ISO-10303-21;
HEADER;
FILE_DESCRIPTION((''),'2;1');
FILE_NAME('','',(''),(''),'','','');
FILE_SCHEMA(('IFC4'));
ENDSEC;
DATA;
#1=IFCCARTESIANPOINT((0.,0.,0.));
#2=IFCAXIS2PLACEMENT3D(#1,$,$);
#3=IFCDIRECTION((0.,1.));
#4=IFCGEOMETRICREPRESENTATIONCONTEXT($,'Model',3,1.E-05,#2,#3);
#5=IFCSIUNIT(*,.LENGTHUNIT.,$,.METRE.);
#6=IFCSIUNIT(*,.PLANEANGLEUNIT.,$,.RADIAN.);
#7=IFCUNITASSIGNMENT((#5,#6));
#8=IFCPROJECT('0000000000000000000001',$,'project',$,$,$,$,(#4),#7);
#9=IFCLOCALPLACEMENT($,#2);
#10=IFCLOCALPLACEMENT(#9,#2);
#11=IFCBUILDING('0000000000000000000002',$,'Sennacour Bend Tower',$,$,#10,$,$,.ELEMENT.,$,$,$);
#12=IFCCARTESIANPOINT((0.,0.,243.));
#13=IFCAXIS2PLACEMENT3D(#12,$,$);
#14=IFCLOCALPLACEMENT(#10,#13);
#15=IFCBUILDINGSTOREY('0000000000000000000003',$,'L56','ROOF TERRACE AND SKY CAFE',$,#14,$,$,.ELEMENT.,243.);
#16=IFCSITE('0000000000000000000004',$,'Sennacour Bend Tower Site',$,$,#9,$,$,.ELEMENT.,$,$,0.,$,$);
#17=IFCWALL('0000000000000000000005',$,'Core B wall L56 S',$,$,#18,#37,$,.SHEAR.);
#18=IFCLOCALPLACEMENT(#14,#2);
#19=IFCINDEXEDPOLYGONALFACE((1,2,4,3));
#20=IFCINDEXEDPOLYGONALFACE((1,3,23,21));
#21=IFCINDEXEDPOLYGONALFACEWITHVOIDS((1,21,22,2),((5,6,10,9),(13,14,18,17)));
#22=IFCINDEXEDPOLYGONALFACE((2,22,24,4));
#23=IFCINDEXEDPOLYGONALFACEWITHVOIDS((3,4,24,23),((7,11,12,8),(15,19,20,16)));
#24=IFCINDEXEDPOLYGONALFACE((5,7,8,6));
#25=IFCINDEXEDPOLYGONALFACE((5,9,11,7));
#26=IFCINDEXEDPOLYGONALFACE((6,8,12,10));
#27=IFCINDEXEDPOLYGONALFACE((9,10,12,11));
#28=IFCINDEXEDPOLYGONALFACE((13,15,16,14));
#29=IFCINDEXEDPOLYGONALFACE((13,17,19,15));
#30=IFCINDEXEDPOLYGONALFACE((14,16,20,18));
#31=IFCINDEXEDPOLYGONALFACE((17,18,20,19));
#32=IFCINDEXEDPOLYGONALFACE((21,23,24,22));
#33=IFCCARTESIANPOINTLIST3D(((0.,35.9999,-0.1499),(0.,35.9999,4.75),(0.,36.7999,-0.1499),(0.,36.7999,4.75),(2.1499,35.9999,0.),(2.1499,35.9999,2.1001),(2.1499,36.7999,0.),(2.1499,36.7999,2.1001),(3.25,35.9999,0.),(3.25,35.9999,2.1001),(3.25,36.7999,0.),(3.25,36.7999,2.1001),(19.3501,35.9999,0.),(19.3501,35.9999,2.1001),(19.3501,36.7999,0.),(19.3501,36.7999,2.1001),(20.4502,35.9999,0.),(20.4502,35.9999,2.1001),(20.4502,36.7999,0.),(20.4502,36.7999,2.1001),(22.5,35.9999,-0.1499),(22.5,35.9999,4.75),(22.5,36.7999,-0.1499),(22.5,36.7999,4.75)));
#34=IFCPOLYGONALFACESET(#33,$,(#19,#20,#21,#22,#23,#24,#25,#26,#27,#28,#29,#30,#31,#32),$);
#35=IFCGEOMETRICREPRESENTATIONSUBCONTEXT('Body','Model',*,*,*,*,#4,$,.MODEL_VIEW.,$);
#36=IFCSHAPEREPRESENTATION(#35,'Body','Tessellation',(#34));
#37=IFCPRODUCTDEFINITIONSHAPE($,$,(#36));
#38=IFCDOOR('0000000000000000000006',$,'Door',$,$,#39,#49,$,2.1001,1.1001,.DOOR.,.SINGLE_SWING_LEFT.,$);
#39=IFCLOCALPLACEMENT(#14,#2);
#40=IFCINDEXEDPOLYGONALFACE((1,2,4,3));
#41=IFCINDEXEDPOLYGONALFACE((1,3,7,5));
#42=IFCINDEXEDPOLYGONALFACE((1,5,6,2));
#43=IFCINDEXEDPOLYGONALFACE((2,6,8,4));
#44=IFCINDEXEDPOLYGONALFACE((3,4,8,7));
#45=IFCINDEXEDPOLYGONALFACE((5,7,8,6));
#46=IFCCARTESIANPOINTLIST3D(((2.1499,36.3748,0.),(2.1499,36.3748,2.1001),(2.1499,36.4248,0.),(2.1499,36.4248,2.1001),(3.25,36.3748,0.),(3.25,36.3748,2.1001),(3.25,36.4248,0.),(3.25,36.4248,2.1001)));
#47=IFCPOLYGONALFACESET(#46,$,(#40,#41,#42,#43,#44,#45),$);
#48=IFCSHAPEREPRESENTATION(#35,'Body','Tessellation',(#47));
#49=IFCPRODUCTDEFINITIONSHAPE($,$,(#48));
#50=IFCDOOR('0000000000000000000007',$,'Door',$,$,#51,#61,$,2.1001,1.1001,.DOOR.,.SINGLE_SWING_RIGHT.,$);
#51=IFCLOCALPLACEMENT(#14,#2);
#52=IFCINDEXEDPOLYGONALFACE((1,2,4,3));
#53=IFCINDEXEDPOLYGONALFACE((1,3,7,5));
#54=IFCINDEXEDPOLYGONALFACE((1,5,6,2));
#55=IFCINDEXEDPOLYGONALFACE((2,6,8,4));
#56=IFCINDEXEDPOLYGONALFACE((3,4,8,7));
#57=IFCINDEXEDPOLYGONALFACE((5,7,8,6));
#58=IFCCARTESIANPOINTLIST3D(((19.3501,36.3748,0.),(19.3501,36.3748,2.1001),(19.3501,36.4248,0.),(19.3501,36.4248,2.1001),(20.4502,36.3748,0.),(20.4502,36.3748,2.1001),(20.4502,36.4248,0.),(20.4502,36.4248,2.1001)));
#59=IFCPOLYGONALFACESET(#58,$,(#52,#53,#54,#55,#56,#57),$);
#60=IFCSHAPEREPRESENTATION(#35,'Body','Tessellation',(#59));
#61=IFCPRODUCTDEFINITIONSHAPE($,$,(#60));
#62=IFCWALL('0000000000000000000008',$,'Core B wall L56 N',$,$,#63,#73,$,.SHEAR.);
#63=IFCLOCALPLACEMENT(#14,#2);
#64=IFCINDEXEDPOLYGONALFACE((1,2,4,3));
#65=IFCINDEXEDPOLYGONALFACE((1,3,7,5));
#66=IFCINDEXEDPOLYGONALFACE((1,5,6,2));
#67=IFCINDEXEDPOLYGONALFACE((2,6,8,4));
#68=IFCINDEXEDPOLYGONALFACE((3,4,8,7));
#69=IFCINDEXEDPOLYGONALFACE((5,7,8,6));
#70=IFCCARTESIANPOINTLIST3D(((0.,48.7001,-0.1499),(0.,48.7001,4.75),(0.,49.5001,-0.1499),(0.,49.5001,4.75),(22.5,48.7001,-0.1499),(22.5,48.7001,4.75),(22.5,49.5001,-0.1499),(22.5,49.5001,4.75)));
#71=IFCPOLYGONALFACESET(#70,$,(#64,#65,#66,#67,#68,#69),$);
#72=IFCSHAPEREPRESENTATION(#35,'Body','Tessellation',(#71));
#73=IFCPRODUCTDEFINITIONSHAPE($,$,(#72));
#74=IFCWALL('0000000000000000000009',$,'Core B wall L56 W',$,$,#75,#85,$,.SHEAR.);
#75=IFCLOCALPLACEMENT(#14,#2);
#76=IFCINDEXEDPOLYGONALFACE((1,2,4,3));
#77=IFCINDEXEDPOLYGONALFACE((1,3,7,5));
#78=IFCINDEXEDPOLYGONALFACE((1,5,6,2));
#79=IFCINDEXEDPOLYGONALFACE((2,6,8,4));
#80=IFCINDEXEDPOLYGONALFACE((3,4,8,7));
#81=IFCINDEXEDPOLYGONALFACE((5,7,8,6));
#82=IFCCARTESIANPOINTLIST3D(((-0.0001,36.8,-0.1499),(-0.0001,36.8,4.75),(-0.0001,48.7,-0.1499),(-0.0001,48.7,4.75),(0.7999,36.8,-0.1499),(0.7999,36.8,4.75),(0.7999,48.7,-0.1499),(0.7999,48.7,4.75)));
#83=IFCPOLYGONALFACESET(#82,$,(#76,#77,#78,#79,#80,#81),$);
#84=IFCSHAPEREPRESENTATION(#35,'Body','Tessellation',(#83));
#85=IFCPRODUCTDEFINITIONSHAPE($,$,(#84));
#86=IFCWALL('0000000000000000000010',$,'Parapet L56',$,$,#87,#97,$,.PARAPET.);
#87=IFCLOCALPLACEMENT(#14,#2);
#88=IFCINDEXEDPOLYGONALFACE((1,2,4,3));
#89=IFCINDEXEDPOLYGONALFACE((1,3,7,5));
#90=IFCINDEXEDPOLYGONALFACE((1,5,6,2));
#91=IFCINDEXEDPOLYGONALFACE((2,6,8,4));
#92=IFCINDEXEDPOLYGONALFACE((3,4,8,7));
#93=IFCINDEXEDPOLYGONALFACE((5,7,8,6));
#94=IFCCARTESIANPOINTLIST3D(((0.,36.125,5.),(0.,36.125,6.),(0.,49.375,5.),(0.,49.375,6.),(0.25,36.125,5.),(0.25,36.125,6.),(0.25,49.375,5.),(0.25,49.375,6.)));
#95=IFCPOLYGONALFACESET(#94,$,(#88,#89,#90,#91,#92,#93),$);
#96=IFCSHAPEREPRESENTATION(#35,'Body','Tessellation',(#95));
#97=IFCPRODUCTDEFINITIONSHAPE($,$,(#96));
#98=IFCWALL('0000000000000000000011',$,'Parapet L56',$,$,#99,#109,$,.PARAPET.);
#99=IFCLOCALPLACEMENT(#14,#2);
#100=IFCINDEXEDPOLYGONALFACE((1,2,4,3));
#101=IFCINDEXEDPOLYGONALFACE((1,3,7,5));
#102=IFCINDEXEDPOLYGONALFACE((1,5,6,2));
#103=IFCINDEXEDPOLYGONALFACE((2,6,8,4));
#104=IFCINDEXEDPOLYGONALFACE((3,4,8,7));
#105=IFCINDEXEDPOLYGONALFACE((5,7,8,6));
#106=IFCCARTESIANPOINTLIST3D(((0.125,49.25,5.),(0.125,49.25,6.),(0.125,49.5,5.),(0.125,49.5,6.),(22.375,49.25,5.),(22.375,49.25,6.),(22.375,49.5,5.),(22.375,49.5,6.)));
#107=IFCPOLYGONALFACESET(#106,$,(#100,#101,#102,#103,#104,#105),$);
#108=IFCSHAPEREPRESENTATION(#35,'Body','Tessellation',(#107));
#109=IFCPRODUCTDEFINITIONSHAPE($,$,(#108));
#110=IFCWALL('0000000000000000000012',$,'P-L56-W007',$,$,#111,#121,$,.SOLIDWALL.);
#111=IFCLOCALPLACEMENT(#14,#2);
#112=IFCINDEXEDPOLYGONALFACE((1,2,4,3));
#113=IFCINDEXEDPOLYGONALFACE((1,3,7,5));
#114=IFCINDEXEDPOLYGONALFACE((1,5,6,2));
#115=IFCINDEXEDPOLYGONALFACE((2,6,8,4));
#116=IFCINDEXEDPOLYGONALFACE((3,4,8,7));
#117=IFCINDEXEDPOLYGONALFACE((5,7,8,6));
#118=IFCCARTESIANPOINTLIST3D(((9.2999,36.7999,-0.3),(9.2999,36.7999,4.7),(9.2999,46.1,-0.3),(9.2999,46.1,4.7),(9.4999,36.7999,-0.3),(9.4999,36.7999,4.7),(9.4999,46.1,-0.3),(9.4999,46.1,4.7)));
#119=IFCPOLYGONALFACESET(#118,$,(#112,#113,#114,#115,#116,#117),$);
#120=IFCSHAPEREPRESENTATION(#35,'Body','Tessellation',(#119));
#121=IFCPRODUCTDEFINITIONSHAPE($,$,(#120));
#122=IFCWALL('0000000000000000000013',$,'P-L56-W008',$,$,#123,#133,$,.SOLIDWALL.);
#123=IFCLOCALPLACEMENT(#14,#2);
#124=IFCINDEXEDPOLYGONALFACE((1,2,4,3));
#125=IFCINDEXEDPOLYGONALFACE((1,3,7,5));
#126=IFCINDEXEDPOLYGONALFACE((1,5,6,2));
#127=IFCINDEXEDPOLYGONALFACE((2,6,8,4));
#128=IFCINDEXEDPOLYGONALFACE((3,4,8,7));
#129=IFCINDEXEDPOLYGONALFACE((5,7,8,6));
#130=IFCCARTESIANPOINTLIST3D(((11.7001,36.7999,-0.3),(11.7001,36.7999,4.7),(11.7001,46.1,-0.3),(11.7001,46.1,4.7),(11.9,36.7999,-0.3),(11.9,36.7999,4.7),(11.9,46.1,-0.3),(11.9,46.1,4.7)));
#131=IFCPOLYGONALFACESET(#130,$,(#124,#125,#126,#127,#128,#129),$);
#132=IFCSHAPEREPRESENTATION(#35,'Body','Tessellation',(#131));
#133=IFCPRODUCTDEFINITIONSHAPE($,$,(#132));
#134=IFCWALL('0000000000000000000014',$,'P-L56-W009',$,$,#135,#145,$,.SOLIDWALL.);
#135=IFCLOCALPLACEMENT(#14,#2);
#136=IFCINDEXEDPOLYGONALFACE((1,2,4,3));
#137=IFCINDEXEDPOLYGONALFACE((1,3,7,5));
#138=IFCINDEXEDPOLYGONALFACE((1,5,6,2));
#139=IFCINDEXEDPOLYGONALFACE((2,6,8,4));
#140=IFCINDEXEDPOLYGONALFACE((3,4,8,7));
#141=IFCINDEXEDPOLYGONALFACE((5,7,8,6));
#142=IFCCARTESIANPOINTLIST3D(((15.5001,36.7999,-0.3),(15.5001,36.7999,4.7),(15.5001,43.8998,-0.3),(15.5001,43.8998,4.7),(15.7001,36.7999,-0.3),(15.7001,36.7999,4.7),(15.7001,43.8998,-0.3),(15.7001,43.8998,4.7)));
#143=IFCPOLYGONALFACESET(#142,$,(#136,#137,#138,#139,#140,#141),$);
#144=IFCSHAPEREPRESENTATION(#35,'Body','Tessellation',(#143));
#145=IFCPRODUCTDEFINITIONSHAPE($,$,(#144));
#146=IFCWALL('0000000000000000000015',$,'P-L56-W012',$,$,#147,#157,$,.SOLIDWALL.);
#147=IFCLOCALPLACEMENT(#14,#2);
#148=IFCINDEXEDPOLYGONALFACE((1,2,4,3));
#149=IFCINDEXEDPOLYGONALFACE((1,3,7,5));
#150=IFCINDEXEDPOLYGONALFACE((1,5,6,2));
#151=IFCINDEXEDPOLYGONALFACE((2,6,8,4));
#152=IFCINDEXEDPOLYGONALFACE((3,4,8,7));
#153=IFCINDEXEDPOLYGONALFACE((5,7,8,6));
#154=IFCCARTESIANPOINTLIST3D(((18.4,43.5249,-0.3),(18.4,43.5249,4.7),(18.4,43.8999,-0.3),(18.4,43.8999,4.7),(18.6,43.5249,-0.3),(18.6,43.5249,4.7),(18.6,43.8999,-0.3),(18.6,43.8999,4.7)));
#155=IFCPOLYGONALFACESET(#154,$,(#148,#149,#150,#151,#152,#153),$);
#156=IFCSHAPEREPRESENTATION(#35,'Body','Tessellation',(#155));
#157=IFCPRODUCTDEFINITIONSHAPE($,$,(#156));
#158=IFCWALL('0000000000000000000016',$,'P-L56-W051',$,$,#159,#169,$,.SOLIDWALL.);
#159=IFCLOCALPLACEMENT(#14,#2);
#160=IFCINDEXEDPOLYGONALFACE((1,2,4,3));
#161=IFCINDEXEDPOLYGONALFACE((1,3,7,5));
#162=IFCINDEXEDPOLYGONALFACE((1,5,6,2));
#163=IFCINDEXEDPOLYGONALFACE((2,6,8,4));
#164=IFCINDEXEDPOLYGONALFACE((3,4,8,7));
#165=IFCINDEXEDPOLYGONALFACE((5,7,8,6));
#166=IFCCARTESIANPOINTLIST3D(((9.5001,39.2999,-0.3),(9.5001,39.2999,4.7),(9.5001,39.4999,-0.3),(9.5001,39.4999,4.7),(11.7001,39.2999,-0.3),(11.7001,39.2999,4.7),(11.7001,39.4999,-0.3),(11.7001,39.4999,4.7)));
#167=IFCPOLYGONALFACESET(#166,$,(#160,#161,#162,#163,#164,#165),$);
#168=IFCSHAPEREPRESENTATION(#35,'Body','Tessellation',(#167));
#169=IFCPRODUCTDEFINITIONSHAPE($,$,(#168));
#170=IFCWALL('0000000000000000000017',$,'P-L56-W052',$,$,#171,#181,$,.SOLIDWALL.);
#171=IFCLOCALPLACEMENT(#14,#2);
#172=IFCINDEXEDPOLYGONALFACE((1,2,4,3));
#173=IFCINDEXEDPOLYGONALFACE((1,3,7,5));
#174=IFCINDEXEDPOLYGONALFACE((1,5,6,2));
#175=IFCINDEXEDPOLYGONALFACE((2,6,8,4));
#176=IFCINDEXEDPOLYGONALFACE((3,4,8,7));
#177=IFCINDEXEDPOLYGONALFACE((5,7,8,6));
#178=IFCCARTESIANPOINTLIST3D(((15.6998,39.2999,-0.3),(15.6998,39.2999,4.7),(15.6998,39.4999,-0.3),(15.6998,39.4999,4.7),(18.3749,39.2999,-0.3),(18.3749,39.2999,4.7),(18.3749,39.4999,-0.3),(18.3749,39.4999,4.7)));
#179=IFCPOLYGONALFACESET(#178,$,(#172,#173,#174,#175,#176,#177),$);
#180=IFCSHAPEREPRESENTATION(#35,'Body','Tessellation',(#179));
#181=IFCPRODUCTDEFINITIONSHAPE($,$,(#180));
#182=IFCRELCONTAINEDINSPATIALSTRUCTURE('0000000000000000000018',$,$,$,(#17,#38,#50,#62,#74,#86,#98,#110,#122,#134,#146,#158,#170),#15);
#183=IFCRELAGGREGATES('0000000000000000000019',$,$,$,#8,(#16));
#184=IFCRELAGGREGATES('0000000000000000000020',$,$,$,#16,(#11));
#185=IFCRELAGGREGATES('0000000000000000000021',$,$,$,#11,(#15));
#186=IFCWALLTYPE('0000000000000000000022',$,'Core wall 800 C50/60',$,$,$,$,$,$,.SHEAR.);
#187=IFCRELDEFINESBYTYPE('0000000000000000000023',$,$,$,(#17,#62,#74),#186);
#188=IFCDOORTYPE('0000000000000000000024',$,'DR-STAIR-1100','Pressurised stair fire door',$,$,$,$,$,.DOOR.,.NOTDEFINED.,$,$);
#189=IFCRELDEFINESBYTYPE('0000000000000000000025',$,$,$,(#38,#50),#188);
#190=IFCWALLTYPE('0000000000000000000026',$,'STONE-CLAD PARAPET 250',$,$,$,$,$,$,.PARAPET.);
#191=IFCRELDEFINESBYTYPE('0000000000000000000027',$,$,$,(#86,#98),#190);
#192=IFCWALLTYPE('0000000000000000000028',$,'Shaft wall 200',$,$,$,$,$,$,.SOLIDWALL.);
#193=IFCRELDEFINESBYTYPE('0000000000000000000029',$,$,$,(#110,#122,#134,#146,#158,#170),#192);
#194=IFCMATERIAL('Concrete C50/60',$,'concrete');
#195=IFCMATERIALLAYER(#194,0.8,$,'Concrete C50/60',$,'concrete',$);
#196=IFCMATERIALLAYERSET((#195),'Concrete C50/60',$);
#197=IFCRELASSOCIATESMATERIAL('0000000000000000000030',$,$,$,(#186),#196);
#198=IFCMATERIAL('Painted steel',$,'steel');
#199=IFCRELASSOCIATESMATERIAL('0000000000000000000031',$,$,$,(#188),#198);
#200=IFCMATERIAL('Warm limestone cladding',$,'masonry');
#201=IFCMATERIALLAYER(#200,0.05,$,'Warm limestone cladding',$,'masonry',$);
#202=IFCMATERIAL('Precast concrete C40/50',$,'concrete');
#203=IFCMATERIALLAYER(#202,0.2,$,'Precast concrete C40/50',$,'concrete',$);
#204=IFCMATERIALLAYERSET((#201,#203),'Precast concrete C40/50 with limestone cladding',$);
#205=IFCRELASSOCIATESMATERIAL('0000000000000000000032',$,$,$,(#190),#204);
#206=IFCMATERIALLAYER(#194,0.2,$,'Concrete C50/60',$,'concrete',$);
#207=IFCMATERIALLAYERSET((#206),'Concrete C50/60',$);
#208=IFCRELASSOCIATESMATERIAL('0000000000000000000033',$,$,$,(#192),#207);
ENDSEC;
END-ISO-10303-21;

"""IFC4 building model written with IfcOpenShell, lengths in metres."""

from ifc_helpers import new_model, si_unit, direction, frame, frame_2d, origin, place, context, subcontext, project, spatial, rectangle, extrude, material, layer, layer_set, type_object, element, fill, save


model = new_model("IFC4")

# Units and contexts
model_context = context("Model", 3, precision=1e-05, world=origin(), true_north=direction((0.0, 1.0)))
body_context = subcontext(model_context, "Body", "Model", "MODEL_VIEW")
ifc_project = project(units=[si_unit("LENGTHUNIT", "METRE"), si_unit("PLANEANGLEUNIT", "RADIAN")], contexts=[model_context])

# Site, building, storey
site_placement = place(None, origin())
site = spatial("IfcSite", under=ifc_project, at=site_placement, Name="Sennacour Bend Tower Site", CompositionType="ELEMENT", RefElevation=0.0)
building_placement = place(site_placement, origin())
building = spatial("IfcBuilding", under=site, at=building_placement, Name="Sennacour Bend Tower", CompositionType="ELEMENT")
storey_placement = place(building_placement, frame((0.0, 0.0, 243.0)))
storey = spatial("IfcBuildingStorey", under=building, at=storey_placement, Name="L56", Description="ROOF TERRACE AND SKY CAFE", CompositionType="ELEMENT", Elevation=243.0)

# Wall, openings, doors
ifc_material_1 = material(Name="Concrete C50/60", Category="concrete")
ifc_layer_1 = layer(ifc_material_1, 0.8, Name="Concrete C50/60", Category="concrete")
ifc_layer_set_1 = layer_set([ifc_layer_1], Name="Concrete C50/60")
wall_type_1 = type_object("IfcWallType", Name="Core wall 800 C50/60", PredefinedType="SHEAR", material=ifc_layer_set_1)
wall_1_placement = place(storey_placement, frame((0.0, 36.3999, -0.1499), z_axis=(0.0, 0.0, 1.0), x_axis=(1.0, 0.0, 0.0)))
wall_1 = element("IfcWall", 1, at=wall_1_placement, inside=storey, type_object=wall_type_1, Name="Core B wall L56 S", PredefinedType="SHEAR", context=body_context, shape_type="SweptSolid", body=[
    extrude(rectangle(XDim=22.5, YDim=0.8, at=frame_2d((11.25, 0.0))), origin(), (0.0, 0.0, 1.0), 4.8999),
])
opening_1_placement = place(wall_1_placement, frame((2.1499, 0.0, 0.1499)))
opening_1 = element("IfcOpeningElement", 2, at=opening_1_placement, cuts=wall_1, PredefinedType="OPENING", context=body_context, shape_type="SweptSolid", body=[
    extrude(rectangle(XDim=1.1001, YDim=2.1001, at=frame_2d((0.55, 1.05))), frame((0.0, 0.4102, 0.0), z_axis=(0.0, -1.0, 0.0), x_axis=(1.0, 0.0, 0.0)), (0.0, 0.0, 1.0), 0.8201),
])
opening_2_placement = place(wall_1_placement, frame((19.3501, 0.0, 0.1499)))
opening_2 = element("IfcOpeningElement", 3, at=opening_2_placement, cuts=wall_1, PredefinedType="OPENING", context=body_context, shape_type="SweptSolid", body=[
    extrude(rectangle(XDim=1.1001, YDim=2.1001, at=frame_2d((0.55, 1.05))), frame((0.0, 0.4102, 0.0), z_axis=(0.0, -1.0, 0.0), x_axis=(1.0, 0.0, 0.0)), (0.0, 0.0, 1.0), 0.8201),
])
ifc_material_2 = material(Name="Painted steel", Category="steel")
door_type = type_object("IfcDoorType", Name="DR-STAIR-1100", Description="Pressurised stair fire door", OperationType="NOTDEFINED", PredefinedType="DOOR", material=ifc_material_2)
door_1_placement = place(opening_1_placement, origin())
door_1 = element("IfcDoor", 4, at=door_1_placement, inside=storey, type_object=door_type, Name="Door", OperationType="SINGLE_SWING_LEFT", OverallHeight=2.1001, OverallWidth=1.1001, PredefinedType="DOOR", context=body_context, shape_type="SweptSolid", body=[
    extrude(rectangle(XDim=1.1001, YDim=2.1001, at=frame_2d((0.55, 1.05))), frame((0.0, 0.0249, 0.0), z_axis=(0.0, -1.0, 0.0), x_axis=(1.0, 0.0, 0.0)), (0.0, 0.0, 1.0), 0.05),
])
fill(opening_1, door_1)
door_2_placement = place(opening_2_placement, origin())
door_2 = element("IfcDoor", 5, at=door_2_placement, inside=storey, type_object=door_type, Name="Door", OperationType="SINGLE_SWING_RIGHT", OverallHeight=2.1001, OverallWidth=1.1001, PredefinedType="DOOR", context=body_context, shape_type="SweptSolid", body=[
    extrude(rectangle(XDim=1.1001, YDim=2.1001, at=frame_2d((0.55, 1.05))), frame((0.0, 0.0249, 0.0), z_axis=(0.0, -1.0, 0.0), x_axis=(1.0, 0.0, 0.0)), (0.0, 0.0, 1.0), 0.05),
])
fill(opening_2, door_2)

# Walls
wall_2_placement = place(storey_placement, frame((0.0, 49.1001, -0.1499), z_axis=(0.0, 0.0, 1.0), x_axis=(1.0, 0.0, 0.0)))
element("IfcWall", 6, at=wall_2_placement, inside=storey, type_object=wall_type_1, Name="Core B wall L56 N", PredefinedType="SHEAR", context=body_context, shape_type="SweptSolid", body=[
    extrude(rectangle(XDim=22.5, YDim=0.8, at=frame_2d((11.25, 0.0))), origin(), (0.0, 0.0, 1.0), 4.8999),
])
wall_3_placement = place(storey_placement, frame((0.3999, 36.8, -0.1499), z_axis=(0.0, 0.0, 1.0), x_axis=(0.0, 1.0, 0.0)))
element("IfcWall", 7, at=wall_3_placement, inside=storey, type_object=wall_type_1, Name="Core B wall L56 W", PredefinedType="SHEAR", context=body_context, shape_type="SweptSolid", body=[
    extrude(rectangle(XDim=11.8999, YDim=0.8, at=frame_2d((5.95, 0.0))), origin(), (0.0, 0.0, 1.0), 4.8999),
])
ifc_material_3 = material(Name="Warm limestone cladding", Category="masonry")
ifc_layer_2 = layer(ifc_material_3, 0.05, Name="Warm limestone cladding", Category="masonry")
ifc_material_4 = material(Name="Precast concrete C40/50", Category="concrete")
ifc_layer_3 = layer(ifc_material_4, 0.2, Name="Precast concrete C40/50", Category="concrete")
ifc_layer_set_2 = layer_set([ifc_layer_2, ifc_layer_3], Name="Precast concrete C40/50 with limestone cladding")
wall_type_2 = type_object("IfcWallType", Name="STONE-CLAD PARAPET 250", PredefinedType="PARAPET", material=ifc_layer_set_2)
wall_4_placement = place(storey_placement, frame((0.125, 36.125, 5.0), z_axis=(0.0, 0.0, 1.0), x_axis=(0.0, 1.0, 0.0)))
element("IfcWall", 8, at=wall_4_placement, inside=storey, type_object=wall_type_2, Name="Parapet L56", PredefinedType="PARAPET", context=body_context, shape_type="SweptSolid", body=[
    extrude(rectangle(XDim=13.25, YDim=0.25, at=frame_2d((6.625, 0.0))), origin(), (0.0, 0.0, 1.0), 1.0),
])
wall_5_placement = place(storey_placement, frame((0.125, 49.375, 5.0), z_axis=(0.0, 0.0, 1.0), x_axis=(1.0, 0.0, 0.0)))
element("IfcWall", 9, at=wall_5_placement, inside=storey, type_object=wall_type_2, Name="Parapet L56", PredefinedType="PARAPET", context=body_context, shape_type="SweptSolid", body=[
    extrude(rectangle(XDim=22.25, YDim=0.25, at=frame_2d((11.125, 0.0))), origin(), (0.0, 0.0, 1.0), 1.0),
])
ifc_layer_4 = layer(ifc_material_1, 0.2, Name="Concrete C50/60", Category="concrete")
ifc_layer_set_3 = layer_set([ifc_layer_4], Name="Concrete C50/60")
wall_type_3 = type_object("IfcWallType", Name="Shaft wall 200", PredefinedType="SOLIDWALL", material=ifc_layer_set_3)
for number, where, z_axis, x_axis, name in (
    (10, (9.3999, 36.8, -0.3), (0.0, 0.0, 1.0), (0.0, 1.0, 0.0), "P-L56-W007"),
    (11, (11.8, 36.8, -0.3), (0.0, 0.0, 1.0), (0.0, 1.0, 0.0), "P-L56-W008"),
):
    element("IfcWall", number, at=place(storey_placement, frame(where, z_axis=z_axis, x_axis=x_axis)), inside=storey, type_object=wall_type_3, Name=name, PredefinedType="SOLIDWALL", context=body_context, shape_type="SweptSolid", body=[
        extrude(rectangle(XDim=9.3, YDim=0.2, at=frame_2d((4.6499, 0.0))), origin(), (0.0, 0.0, 1.0), 5.0),
    ])
wall_6_placement = place(storey_placement, frame((15.6001, 36.8, -0.3), z_axis=(0.0, 0.0, 1.0), x_axis=(0.0, 1.0, 0.0)))
element("IfcWall", 12, at=wall_6_placement, inside=storey, type_object=wall_type_3, Name="P-L56-W009", PredefinedType="SOLIDWALL", context=body_context, shape_type="SweptSolid", body=[
    extrude(rectangle(XDim=7.0999, YDim=0.2, at=frame_2d((3.5498, 0.0))), origin(), (0.0, 0.0, 1.0), 5.0),
])
wall_7_placement = place(storey_placement, frame((18.5, 43.5249, -0.3), z_axis=(0.0, 0.0, 1.0), x_axis=(0.0, 1.0, 0.0)))
element("IfcWall", 13, at=wall_7_placement, inside=storey, type_object=wall_type_3, Name="P-L56-W012", PredefinedType="SOLIDWALL", context=body_context, shape_type="SweptSolid", body=[
    extrude(rectangle(XDim=0.375, YDim=0.2, at=frame_2d((0.1875, 0.0))), origin(), (0.0, 0.0, 1.0), 5.0),
])
wall_8_placement = place(storey_placement, frame((9.5, 39.3999, -0.3), z_axis=(0.0, 0.0, 1.0), x_axis=(1.0, 0.0, 0.0)))
element("IfcWall", 14, at=wall_8_placement, inside=storey, type_object=wall_type_3, Name="P-L56-W051", PredefinedType="SOLIDWALL", context=body_context, shape_type="SweptSolid", body=[
    extrude(rectangle(XDim=2.2, YDim=0.2, at=frame_2d((1.1001, 0.0))), origin(), (0.0, 0.0, 1.0), 5.0),
])
wall_9_placement = place(storey_placement, frame((15.7, 39.3999, -0.3), z_axis=(0.0, 0.0, 1.0), x_axis=(1.0, 0.0, 0.0)))
element("IfcWall", 15, at=wall_9_placement, inside=storey, type_object=wall_type_3, Name="P-L56-W052", PredefinedType="SOLIDWALL", context=body_context, shape_type="SweptSolid", body=[
    extrude(rectangle(XDim=2.675, YDim=0.2, at=frame_2d((1.3374, 0.0))), origin(), (0.0, 0.0, 1.0), 5.0),
])

save(model, "model.ifc")
